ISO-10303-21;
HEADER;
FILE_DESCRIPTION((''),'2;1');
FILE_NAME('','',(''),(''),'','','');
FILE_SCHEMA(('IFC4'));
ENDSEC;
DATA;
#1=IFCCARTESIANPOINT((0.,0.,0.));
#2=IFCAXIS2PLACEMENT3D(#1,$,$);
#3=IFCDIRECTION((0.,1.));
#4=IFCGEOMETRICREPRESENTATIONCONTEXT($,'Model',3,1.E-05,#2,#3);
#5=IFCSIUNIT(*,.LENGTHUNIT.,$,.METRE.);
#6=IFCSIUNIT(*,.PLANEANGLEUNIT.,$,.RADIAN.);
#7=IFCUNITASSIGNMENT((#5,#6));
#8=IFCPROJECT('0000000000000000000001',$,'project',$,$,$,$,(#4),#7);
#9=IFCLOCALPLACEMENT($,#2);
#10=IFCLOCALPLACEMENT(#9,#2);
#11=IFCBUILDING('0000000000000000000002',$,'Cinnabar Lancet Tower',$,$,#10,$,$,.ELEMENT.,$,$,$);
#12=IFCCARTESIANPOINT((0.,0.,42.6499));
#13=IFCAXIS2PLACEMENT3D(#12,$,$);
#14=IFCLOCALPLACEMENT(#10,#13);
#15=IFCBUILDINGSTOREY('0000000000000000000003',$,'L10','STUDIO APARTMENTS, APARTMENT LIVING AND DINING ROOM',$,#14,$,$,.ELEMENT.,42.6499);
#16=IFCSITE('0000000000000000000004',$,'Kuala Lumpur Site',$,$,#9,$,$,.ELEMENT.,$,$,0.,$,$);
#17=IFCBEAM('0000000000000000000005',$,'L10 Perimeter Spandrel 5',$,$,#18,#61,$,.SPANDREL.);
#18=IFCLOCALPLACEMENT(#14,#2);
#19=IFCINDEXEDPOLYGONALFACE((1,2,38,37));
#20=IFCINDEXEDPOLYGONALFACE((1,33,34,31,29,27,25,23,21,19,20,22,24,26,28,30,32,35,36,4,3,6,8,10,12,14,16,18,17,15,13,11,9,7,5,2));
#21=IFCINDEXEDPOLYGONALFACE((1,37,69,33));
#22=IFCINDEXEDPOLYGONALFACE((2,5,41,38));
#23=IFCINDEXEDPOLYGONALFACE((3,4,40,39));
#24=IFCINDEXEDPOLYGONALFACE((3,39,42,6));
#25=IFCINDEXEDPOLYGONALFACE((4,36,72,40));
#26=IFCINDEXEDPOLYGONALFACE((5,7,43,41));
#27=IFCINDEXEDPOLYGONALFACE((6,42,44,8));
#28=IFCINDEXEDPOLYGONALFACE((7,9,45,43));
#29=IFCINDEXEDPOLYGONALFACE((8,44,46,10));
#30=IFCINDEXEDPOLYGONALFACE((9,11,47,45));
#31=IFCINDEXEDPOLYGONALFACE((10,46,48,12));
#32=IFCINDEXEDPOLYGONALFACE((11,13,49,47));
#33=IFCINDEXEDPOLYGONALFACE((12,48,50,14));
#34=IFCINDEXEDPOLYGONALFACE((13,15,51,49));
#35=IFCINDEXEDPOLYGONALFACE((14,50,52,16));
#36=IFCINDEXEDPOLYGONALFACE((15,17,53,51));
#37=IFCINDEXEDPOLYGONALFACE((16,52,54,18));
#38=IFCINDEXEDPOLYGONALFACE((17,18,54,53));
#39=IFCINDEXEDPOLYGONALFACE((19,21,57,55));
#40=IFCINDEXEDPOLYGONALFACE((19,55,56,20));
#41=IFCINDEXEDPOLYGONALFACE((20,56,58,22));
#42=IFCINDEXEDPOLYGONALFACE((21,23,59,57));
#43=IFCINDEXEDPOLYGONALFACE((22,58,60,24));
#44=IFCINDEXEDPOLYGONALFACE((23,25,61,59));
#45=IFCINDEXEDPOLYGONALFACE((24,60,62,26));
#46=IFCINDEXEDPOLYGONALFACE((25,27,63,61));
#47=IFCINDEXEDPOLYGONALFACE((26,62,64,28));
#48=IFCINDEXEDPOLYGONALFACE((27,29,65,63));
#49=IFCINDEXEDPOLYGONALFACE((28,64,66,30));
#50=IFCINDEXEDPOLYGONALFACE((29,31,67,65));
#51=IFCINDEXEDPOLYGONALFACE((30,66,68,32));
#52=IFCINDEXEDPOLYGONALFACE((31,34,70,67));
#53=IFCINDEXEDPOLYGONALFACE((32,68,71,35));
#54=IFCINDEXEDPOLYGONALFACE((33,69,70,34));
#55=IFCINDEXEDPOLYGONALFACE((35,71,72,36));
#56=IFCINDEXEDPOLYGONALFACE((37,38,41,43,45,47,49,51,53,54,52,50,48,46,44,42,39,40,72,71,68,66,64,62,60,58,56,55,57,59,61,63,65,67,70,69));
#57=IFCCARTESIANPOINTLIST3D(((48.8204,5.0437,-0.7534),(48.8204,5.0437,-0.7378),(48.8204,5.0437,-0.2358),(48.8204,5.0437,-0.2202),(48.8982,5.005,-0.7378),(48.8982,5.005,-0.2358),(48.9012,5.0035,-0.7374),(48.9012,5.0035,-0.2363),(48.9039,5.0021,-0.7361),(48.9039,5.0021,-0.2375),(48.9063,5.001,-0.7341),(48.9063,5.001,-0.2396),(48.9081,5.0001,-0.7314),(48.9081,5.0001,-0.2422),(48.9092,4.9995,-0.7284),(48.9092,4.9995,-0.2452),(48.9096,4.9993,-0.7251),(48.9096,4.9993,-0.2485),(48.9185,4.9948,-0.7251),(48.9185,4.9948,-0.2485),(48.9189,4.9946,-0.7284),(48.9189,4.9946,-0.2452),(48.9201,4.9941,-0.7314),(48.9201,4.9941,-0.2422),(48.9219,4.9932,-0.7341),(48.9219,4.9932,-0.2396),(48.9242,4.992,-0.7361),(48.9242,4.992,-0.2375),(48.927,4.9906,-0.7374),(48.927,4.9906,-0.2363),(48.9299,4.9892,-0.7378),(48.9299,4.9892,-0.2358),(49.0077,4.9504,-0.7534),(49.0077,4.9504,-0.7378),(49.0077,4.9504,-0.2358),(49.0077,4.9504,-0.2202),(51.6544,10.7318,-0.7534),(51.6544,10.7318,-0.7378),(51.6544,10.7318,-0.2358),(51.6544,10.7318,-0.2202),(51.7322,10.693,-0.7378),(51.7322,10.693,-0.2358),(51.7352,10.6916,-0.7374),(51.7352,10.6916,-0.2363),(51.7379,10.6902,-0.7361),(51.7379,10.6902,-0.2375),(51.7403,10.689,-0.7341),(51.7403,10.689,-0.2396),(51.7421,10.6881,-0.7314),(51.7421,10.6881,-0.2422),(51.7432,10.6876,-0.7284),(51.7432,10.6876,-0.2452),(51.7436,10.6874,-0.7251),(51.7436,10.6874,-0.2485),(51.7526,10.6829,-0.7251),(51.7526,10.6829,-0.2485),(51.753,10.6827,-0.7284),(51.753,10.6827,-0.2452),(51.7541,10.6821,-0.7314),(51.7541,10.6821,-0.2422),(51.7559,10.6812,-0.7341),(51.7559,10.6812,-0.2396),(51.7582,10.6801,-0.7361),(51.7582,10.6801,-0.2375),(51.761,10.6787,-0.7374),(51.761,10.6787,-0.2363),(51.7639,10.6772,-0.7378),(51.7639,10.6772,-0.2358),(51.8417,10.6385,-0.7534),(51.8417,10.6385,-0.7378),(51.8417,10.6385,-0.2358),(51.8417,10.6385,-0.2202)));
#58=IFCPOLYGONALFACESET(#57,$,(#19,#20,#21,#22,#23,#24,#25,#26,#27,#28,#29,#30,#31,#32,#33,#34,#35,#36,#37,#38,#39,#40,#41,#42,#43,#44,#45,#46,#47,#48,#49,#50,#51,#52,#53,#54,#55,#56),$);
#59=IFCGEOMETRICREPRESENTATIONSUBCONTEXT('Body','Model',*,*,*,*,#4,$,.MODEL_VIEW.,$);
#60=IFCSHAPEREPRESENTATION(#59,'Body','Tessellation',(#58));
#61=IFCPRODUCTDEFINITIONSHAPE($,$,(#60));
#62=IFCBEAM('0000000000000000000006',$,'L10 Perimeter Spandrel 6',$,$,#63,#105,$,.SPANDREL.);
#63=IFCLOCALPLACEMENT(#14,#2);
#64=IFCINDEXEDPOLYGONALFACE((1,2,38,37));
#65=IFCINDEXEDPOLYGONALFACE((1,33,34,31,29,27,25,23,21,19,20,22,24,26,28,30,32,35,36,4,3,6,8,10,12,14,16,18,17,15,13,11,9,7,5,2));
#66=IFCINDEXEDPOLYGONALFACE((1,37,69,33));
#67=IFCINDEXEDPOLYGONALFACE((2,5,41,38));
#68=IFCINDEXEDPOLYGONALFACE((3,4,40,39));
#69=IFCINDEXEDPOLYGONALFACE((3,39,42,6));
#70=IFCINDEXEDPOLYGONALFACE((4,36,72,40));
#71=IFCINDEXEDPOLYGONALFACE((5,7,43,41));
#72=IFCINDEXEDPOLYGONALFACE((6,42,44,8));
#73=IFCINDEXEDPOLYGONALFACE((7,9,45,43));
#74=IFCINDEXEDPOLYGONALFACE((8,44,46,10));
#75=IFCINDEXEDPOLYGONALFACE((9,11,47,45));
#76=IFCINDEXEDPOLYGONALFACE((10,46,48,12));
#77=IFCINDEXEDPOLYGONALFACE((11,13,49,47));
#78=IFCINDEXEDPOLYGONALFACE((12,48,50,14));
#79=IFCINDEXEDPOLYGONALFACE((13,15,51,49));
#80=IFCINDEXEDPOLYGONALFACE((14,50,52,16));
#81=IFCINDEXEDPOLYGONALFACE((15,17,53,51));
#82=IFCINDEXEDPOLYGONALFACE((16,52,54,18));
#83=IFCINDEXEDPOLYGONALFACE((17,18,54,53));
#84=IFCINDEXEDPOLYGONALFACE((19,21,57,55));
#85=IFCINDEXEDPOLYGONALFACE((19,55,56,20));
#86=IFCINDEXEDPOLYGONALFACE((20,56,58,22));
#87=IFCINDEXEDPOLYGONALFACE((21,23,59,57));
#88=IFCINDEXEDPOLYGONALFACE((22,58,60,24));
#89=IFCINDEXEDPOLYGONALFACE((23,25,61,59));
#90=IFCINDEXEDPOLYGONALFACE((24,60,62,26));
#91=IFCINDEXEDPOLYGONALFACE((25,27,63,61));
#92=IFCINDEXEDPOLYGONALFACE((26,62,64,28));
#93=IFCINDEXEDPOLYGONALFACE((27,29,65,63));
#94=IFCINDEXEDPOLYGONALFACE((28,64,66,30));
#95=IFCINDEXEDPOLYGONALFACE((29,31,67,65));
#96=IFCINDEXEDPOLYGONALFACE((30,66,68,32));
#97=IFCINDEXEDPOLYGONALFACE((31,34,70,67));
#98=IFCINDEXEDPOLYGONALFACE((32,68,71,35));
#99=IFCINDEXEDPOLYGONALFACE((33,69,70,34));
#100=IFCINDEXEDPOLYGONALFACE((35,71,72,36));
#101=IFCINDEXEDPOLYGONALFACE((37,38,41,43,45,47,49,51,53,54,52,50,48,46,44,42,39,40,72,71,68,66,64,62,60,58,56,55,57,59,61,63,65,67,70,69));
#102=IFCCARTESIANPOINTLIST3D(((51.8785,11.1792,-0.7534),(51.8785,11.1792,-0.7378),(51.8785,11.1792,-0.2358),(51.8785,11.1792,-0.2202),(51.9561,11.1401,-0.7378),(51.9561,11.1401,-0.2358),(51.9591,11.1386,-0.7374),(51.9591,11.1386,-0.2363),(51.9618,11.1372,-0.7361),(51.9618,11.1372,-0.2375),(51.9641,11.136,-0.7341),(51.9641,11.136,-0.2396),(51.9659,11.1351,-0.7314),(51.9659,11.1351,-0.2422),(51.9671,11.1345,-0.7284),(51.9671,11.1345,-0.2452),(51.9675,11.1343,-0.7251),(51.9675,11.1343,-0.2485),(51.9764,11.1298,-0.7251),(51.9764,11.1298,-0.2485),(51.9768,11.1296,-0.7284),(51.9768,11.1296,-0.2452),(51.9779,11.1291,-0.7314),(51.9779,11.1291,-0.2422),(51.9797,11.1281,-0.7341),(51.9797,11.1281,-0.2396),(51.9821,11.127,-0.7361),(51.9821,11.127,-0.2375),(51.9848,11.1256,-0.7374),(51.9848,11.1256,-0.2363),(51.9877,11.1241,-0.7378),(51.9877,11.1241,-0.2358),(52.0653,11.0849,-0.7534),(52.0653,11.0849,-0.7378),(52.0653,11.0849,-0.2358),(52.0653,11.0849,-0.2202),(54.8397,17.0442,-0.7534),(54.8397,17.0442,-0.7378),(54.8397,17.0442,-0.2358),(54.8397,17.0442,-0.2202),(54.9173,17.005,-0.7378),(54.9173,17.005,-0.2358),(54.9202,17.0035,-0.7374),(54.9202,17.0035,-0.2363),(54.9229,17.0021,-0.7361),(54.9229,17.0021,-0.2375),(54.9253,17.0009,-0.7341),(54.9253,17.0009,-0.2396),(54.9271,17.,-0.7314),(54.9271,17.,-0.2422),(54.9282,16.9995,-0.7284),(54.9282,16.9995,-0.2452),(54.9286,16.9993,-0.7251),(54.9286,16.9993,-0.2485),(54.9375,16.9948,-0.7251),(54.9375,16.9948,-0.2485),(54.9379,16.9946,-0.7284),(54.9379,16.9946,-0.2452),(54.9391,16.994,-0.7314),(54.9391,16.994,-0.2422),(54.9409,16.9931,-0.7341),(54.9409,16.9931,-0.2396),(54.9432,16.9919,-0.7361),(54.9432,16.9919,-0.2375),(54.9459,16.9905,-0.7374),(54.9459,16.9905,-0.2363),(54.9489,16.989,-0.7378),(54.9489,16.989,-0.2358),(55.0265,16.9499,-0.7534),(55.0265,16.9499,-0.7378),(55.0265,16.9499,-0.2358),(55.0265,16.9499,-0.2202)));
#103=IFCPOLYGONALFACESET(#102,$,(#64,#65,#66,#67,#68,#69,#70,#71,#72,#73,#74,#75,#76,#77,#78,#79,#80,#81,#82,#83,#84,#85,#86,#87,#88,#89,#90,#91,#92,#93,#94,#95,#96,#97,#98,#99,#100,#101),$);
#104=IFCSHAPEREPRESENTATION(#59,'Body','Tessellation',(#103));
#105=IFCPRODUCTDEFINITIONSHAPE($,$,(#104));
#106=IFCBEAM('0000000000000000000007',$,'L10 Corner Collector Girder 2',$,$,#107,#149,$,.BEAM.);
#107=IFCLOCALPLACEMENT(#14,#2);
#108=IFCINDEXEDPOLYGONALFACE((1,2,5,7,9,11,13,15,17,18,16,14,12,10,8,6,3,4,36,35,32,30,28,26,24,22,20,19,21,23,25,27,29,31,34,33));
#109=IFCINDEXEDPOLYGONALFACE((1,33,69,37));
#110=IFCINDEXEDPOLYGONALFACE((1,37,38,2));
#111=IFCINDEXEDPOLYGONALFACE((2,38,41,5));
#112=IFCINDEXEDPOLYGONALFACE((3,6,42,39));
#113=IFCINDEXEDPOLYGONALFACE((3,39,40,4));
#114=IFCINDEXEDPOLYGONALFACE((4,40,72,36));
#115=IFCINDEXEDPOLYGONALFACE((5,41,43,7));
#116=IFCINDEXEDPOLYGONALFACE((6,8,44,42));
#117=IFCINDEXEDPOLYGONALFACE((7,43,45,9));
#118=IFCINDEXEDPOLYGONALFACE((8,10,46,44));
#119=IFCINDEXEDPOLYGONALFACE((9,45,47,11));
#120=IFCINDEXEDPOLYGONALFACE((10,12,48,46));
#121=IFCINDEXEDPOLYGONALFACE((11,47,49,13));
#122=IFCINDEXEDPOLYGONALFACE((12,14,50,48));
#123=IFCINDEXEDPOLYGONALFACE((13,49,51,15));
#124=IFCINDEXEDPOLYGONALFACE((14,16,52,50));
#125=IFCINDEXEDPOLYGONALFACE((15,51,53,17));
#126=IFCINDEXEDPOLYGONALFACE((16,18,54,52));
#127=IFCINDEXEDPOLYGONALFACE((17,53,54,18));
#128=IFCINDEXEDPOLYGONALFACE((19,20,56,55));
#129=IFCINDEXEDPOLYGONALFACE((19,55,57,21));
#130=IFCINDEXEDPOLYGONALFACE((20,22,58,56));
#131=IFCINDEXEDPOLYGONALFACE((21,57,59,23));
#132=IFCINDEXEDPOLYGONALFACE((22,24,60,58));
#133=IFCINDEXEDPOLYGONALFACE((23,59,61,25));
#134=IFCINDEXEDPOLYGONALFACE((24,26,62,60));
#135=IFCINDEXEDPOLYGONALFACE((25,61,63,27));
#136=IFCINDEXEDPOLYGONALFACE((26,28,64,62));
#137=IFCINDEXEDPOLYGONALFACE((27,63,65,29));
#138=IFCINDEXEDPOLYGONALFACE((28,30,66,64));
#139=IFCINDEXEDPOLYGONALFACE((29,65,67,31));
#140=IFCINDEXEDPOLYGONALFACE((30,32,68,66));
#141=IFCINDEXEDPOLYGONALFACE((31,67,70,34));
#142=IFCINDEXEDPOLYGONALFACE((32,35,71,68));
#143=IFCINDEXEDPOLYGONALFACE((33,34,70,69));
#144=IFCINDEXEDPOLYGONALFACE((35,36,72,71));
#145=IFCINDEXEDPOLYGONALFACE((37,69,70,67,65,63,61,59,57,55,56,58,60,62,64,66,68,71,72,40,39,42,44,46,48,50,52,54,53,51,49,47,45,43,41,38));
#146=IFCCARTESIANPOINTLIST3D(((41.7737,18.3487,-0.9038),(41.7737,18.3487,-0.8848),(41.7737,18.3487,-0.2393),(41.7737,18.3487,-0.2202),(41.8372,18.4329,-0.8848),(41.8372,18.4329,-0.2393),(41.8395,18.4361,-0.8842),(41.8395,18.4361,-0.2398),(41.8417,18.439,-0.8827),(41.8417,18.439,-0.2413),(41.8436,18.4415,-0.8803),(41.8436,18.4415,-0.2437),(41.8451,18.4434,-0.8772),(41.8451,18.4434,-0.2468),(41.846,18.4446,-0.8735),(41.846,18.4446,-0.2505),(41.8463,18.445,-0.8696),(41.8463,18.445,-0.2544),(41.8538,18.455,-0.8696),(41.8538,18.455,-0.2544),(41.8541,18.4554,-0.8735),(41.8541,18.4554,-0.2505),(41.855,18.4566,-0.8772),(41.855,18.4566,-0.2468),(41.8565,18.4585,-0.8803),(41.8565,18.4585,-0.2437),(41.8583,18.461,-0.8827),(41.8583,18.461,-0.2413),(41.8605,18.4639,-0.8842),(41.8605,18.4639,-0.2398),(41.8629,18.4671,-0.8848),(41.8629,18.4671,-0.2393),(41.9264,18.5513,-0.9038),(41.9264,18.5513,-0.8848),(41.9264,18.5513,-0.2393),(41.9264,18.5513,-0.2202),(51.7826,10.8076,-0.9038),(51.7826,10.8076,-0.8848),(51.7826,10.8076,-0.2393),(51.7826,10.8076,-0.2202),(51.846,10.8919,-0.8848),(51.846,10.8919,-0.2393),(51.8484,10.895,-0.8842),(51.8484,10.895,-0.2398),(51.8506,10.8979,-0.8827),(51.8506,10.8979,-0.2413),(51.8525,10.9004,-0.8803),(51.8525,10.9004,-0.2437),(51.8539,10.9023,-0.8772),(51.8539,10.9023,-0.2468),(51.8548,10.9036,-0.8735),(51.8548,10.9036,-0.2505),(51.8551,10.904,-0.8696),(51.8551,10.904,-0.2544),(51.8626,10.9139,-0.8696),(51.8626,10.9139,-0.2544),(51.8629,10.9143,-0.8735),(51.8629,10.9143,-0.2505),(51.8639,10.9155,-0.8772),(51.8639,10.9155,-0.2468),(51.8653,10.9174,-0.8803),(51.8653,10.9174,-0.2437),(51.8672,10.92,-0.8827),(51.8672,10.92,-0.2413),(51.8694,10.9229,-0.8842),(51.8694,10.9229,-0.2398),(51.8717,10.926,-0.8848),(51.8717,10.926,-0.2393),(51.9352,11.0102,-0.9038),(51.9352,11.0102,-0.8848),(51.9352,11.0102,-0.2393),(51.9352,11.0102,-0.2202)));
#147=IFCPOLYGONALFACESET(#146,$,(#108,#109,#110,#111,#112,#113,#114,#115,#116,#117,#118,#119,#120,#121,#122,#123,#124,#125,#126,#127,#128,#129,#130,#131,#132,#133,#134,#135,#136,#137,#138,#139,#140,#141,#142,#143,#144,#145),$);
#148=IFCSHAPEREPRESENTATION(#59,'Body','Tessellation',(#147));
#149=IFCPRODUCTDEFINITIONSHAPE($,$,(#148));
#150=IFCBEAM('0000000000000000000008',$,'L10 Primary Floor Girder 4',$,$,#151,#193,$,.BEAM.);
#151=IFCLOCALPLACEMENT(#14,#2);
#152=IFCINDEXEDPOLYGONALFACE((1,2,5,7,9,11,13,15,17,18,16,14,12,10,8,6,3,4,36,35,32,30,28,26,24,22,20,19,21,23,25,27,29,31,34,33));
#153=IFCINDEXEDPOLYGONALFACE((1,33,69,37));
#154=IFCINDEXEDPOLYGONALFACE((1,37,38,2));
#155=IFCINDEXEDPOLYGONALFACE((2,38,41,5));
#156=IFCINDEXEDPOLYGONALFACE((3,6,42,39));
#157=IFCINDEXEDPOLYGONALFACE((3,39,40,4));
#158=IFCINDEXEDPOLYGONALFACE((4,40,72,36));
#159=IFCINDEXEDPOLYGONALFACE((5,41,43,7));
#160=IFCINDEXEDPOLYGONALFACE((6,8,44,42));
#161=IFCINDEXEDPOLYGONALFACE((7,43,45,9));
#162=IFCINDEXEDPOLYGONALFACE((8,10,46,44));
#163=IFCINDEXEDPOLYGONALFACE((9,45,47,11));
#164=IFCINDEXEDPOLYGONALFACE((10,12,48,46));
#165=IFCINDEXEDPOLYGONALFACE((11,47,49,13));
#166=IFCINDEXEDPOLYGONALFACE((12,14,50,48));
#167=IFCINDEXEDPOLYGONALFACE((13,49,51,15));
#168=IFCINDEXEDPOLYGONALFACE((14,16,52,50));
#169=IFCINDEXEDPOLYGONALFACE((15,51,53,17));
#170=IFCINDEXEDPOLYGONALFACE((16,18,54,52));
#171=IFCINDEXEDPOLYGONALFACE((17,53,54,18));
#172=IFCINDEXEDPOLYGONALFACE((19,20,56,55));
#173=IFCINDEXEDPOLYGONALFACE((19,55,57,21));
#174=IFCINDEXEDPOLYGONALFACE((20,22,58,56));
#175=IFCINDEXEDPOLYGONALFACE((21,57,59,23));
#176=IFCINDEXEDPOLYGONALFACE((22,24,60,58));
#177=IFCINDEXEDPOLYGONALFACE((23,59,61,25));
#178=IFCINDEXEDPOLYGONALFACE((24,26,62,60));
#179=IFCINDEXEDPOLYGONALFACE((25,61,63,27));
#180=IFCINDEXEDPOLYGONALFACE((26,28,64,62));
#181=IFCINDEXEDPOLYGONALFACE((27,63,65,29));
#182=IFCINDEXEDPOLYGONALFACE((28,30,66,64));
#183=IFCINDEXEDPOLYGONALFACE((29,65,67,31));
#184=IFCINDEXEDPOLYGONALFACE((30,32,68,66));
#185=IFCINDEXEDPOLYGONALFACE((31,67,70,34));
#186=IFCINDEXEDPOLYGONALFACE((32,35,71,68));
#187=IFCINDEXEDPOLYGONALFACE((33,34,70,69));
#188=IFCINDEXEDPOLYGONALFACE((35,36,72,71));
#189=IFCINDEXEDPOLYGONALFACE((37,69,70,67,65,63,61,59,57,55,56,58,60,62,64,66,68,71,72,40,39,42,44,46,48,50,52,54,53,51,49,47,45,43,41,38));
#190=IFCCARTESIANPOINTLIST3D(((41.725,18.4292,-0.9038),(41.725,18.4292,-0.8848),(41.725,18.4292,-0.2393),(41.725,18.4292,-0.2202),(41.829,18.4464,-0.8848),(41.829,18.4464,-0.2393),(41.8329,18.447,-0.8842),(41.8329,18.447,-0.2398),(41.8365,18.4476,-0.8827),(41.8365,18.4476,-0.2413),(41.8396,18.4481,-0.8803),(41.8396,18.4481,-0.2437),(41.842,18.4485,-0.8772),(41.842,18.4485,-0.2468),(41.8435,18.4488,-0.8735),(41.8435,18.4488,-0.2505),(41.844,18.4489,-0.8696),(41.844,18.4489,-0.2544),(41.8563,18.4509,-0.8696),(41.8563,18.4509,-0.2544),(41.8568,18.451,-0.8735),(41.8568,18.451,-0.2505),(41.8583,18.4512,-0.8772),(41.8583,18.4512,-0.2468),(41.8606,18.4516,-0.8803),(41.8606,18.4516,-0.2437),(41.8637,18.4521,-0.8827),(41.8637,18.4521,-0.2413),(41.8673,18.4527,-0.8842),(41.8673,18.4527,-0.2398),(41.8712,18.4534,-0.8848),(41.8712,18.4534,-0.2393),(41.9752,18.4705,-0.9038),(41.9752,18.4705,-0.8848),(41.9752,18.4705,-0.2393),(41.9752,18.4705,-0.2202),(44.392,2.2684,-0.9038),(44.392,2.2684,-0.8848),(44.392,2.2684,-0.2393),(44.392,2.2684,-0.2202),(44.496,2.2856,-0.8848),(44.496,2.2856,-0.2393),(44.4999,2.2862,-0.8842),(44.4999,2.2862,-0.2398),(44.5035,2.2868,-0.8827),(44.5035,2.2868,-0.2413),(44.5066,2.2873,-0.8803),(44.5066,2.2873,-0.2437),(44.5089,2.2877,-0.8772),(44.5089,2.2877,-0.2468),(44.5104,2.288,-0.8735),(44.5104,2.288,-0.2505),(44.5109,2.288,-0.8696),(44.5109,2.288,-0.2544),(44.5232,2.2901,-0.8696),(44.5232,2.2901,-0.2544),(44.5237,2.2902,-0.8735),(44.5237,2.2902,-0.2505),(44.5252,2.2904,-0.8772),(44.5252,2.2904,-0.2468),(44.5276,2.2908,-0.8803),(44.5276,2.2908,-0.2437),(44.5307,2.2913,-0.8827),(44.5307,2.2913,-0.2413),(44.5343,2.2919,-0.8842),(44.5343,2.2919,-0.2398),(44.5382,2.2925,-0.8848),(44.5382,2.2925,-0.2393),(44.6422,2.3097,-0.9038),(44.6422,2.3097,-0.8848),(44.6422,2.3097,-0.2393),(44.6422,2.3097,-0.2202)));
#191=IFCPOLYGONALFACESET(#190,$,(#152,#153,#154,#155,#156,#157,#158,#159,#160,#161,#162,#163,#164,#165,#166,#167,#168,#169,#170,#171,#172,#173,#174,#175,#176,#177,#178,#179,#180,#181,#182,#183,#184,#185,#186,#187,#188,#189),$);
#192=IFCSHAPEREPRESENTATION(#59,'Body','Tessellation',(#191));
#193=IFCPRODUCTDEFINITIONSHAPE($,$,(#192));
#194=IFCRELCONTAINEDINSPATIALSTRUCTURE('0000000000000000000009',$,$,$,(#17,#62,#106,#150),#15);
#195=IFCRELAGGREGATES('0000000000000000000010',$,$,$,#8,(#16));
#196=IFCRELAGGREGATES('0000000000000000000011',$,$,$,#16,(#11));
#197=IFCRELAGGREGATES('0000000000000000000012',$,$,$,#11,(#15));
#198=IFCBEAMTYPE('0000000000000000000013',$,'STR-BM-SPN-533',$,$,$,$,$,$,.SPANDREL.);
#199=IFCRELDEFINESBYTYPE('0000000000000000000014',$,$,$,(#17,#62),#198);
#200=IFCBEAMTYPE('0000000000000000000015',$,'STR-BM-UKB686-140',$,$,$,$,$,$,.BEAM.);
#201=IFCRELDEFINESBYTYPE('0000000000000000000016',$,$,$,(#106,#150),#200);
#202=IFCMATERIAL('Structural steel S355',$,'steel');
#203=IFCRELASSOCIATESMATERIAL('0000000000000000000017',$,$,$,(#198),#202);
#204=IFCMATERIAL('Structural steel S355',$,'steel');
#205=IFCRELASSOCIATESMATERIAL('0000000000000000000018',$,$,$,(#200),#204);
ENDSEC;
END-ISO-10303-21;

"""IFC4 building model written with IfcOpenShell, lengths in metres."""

from ifc_helpers import new_model, si_unit, direction, frame, origin, origin_2d, place, context, subcontext, project, spatial, i_section, extrude, material, material_profile, profile_set, type_object, element, save


model = new_model("IFC4")

# Units and contexts
model_context = context("Model", 3, precision=1e-05, world=origin(), true_north=direction((0.0, 1.0)))
body_context = subcontext(model_context, "Body", "Model", "MODEL_VIEW")
ifc_project = project(units=[si_unit("LENGTHUNIT", "METRE"), si_unit("PLANEANGLEUNIT", "RADIAN")], contexts=[model_context])

# Site, building, storey
site_placement = place(None, origin())
site = spatial("IfcSite", under=ifc_project, at=site_placement, Name="Kuala Lumpur Site", CompositionType="ELEMENT", RefElevation=0.0)
building_placement = place(site_placement, origin())
building = spatial("IfcBuilding", under=site, at=building_placement, Name="Cinnabar Lancet Tower", CompositionType="ELEMENT")
storey_placement = place(building_placement, frame((0.0, 0.0, 42.6499)))
storey = spatial("IfcBuildingStorey", under=building, at=storey_placement, Name="L10", Description="STUDIO APARTMENTS, APARTMENT LIVING AND DINING ROOM", CompositionType="ELEMENT", Elevation=42.6499)

# Beams
ifc_material_1 = material(Name="Structural steel S355", Category="steel")
ifc_material_profile_1 = material_profile(ifc_material_1, i_section(OverallWidth=0.2092, OverallDepth=0.5332, WebThickness=0.01, FlangeThickness=0.0156, FilletRadius=0.0127, at=origin_2d()), Name="UKB 533x210x92")
ifc_profile_set_1 = profile_set([ifc_material_profile_1], Name="Structural steel S355")
beam_type_1 = type_object("IfcBeamType", Name="STR-BM-SPN-533", PredefinedType="SPANDREL", material=ifc_profile_set_1)
beam_1_placement = place(storey_placement, frame((48.9141, 4.9971, -0.4868), z_axis=(0.445953, 0.895056, 0.0), x_axis=(-0.895056, 0.445953, 0.0)))
element("IfcBeam", 1, at=beam_1_placement, inside=storey, type_object=beam_type_1, Name="L10 Perimeter Spandrel 5", PredefinedType="SPANDREL", context=body_context, shape_type="SweptSolid", body=[
    extrude(i_section(OverallWidth=0.2092, OverallDepth=0.5332, WebThickness=0.01, FlangeThickness=0.0156, FilletRadius=0.0127, at=origin_2d()), origin(), (0.0, 0.0, 1.0), 6.355),
])
beam_2_placement = place(storey_placement, frame((51.9719, 11.1321, -0.4868), z_axis=(0.450703, 0.892674, 0.0), x_axis=(-0.892674, 0.450703, 0.0)))
element("IfcBeam", 2, at=beam_2_placement, inside=storey, type_object=beam_type_1, Name="L10 Perimeter Spandrel 6", PredefinedType="SPANDREL", context=body_context, shape_type="SweptSolid", body=[
    extrude(i_section(OverallWidth=0.2092, OverallDepth=0.5332, WebThickness=0.01, FlangeThickness=0.0156, FilletRadius=0.0127, at=origin_2d()), origin(), (0.0, 0.0, 1.0), 6.5701),
])
ifc_material_2 = material(Name="Structural steel S355", Category="steel")
ifc_material_profile_2 = material_profile(ifc_material_2, i_section(OverallWidth=0.2537, OverallDepth=0.6836, WebThickness=0.0125, FlangeThickness=0.019, FilletRadius=0.0151, at=origin_2d()), Name="UKB 686x254x140")
ifc_profile_set_2 = profile_set([ifc_material_profile_2], Name="Structural steel S355")
beam_type_2 = type_object("IfcBeamType", Name="STR-BM-UKB686-140", PredefinedType="BEAM", material=ifc_profile_set_2)
beam_3_placement = place(storey_placement, frame((51.8589, 10.9089, -0.562), z_axis=(-0.79868, 0.601757, 0.0), x_axis=(-0.601757, -0.79868, 0.0)))
element("IfcBeam", 3, at=beam_3_placement, inside=storey, type_object=beam_type_2, Name="L10 Corner Collector Girder 2", PredefinedType="BEAM", context=body_context, shape_type="SweptSolid", body=[
    extrude(i_section(OverallWidth=0.2537, OverallDepth=0.6836, WebThickness=0.0125, FlangeThickness=0.019, FilletRadius=0.0151, at=origin_2d()), origin(), (0.0, 0.0, 1.0), 12.5317),
])
beam_4_placement = place(storey_placement, frame((44.5171, 2.2891, -0.562), z_axis=(-0.162825, 0.986655, 0.0), x_axis=(-0.986655, -0.162825, 0.0)))
element("IfcBeam", 4, at=beam_4_placement, inside=storey, type_object=beam_type_2, Name="L10 Primary Floor Girder 4", PredefinedType="BEAM", context=body_context, shape_type="SweptSolid", body=[
    extrude(i_section(OverallWidth=0.2537, OverallDepth=0.6836, WebThickness=0.0125, FlangeThickness=0.019, FilletRadius=0.0151, at=origin_2d()), origin(), (0.0, 0.0, 1.0), 16.3794),
])

save(model, "model.ifc")
